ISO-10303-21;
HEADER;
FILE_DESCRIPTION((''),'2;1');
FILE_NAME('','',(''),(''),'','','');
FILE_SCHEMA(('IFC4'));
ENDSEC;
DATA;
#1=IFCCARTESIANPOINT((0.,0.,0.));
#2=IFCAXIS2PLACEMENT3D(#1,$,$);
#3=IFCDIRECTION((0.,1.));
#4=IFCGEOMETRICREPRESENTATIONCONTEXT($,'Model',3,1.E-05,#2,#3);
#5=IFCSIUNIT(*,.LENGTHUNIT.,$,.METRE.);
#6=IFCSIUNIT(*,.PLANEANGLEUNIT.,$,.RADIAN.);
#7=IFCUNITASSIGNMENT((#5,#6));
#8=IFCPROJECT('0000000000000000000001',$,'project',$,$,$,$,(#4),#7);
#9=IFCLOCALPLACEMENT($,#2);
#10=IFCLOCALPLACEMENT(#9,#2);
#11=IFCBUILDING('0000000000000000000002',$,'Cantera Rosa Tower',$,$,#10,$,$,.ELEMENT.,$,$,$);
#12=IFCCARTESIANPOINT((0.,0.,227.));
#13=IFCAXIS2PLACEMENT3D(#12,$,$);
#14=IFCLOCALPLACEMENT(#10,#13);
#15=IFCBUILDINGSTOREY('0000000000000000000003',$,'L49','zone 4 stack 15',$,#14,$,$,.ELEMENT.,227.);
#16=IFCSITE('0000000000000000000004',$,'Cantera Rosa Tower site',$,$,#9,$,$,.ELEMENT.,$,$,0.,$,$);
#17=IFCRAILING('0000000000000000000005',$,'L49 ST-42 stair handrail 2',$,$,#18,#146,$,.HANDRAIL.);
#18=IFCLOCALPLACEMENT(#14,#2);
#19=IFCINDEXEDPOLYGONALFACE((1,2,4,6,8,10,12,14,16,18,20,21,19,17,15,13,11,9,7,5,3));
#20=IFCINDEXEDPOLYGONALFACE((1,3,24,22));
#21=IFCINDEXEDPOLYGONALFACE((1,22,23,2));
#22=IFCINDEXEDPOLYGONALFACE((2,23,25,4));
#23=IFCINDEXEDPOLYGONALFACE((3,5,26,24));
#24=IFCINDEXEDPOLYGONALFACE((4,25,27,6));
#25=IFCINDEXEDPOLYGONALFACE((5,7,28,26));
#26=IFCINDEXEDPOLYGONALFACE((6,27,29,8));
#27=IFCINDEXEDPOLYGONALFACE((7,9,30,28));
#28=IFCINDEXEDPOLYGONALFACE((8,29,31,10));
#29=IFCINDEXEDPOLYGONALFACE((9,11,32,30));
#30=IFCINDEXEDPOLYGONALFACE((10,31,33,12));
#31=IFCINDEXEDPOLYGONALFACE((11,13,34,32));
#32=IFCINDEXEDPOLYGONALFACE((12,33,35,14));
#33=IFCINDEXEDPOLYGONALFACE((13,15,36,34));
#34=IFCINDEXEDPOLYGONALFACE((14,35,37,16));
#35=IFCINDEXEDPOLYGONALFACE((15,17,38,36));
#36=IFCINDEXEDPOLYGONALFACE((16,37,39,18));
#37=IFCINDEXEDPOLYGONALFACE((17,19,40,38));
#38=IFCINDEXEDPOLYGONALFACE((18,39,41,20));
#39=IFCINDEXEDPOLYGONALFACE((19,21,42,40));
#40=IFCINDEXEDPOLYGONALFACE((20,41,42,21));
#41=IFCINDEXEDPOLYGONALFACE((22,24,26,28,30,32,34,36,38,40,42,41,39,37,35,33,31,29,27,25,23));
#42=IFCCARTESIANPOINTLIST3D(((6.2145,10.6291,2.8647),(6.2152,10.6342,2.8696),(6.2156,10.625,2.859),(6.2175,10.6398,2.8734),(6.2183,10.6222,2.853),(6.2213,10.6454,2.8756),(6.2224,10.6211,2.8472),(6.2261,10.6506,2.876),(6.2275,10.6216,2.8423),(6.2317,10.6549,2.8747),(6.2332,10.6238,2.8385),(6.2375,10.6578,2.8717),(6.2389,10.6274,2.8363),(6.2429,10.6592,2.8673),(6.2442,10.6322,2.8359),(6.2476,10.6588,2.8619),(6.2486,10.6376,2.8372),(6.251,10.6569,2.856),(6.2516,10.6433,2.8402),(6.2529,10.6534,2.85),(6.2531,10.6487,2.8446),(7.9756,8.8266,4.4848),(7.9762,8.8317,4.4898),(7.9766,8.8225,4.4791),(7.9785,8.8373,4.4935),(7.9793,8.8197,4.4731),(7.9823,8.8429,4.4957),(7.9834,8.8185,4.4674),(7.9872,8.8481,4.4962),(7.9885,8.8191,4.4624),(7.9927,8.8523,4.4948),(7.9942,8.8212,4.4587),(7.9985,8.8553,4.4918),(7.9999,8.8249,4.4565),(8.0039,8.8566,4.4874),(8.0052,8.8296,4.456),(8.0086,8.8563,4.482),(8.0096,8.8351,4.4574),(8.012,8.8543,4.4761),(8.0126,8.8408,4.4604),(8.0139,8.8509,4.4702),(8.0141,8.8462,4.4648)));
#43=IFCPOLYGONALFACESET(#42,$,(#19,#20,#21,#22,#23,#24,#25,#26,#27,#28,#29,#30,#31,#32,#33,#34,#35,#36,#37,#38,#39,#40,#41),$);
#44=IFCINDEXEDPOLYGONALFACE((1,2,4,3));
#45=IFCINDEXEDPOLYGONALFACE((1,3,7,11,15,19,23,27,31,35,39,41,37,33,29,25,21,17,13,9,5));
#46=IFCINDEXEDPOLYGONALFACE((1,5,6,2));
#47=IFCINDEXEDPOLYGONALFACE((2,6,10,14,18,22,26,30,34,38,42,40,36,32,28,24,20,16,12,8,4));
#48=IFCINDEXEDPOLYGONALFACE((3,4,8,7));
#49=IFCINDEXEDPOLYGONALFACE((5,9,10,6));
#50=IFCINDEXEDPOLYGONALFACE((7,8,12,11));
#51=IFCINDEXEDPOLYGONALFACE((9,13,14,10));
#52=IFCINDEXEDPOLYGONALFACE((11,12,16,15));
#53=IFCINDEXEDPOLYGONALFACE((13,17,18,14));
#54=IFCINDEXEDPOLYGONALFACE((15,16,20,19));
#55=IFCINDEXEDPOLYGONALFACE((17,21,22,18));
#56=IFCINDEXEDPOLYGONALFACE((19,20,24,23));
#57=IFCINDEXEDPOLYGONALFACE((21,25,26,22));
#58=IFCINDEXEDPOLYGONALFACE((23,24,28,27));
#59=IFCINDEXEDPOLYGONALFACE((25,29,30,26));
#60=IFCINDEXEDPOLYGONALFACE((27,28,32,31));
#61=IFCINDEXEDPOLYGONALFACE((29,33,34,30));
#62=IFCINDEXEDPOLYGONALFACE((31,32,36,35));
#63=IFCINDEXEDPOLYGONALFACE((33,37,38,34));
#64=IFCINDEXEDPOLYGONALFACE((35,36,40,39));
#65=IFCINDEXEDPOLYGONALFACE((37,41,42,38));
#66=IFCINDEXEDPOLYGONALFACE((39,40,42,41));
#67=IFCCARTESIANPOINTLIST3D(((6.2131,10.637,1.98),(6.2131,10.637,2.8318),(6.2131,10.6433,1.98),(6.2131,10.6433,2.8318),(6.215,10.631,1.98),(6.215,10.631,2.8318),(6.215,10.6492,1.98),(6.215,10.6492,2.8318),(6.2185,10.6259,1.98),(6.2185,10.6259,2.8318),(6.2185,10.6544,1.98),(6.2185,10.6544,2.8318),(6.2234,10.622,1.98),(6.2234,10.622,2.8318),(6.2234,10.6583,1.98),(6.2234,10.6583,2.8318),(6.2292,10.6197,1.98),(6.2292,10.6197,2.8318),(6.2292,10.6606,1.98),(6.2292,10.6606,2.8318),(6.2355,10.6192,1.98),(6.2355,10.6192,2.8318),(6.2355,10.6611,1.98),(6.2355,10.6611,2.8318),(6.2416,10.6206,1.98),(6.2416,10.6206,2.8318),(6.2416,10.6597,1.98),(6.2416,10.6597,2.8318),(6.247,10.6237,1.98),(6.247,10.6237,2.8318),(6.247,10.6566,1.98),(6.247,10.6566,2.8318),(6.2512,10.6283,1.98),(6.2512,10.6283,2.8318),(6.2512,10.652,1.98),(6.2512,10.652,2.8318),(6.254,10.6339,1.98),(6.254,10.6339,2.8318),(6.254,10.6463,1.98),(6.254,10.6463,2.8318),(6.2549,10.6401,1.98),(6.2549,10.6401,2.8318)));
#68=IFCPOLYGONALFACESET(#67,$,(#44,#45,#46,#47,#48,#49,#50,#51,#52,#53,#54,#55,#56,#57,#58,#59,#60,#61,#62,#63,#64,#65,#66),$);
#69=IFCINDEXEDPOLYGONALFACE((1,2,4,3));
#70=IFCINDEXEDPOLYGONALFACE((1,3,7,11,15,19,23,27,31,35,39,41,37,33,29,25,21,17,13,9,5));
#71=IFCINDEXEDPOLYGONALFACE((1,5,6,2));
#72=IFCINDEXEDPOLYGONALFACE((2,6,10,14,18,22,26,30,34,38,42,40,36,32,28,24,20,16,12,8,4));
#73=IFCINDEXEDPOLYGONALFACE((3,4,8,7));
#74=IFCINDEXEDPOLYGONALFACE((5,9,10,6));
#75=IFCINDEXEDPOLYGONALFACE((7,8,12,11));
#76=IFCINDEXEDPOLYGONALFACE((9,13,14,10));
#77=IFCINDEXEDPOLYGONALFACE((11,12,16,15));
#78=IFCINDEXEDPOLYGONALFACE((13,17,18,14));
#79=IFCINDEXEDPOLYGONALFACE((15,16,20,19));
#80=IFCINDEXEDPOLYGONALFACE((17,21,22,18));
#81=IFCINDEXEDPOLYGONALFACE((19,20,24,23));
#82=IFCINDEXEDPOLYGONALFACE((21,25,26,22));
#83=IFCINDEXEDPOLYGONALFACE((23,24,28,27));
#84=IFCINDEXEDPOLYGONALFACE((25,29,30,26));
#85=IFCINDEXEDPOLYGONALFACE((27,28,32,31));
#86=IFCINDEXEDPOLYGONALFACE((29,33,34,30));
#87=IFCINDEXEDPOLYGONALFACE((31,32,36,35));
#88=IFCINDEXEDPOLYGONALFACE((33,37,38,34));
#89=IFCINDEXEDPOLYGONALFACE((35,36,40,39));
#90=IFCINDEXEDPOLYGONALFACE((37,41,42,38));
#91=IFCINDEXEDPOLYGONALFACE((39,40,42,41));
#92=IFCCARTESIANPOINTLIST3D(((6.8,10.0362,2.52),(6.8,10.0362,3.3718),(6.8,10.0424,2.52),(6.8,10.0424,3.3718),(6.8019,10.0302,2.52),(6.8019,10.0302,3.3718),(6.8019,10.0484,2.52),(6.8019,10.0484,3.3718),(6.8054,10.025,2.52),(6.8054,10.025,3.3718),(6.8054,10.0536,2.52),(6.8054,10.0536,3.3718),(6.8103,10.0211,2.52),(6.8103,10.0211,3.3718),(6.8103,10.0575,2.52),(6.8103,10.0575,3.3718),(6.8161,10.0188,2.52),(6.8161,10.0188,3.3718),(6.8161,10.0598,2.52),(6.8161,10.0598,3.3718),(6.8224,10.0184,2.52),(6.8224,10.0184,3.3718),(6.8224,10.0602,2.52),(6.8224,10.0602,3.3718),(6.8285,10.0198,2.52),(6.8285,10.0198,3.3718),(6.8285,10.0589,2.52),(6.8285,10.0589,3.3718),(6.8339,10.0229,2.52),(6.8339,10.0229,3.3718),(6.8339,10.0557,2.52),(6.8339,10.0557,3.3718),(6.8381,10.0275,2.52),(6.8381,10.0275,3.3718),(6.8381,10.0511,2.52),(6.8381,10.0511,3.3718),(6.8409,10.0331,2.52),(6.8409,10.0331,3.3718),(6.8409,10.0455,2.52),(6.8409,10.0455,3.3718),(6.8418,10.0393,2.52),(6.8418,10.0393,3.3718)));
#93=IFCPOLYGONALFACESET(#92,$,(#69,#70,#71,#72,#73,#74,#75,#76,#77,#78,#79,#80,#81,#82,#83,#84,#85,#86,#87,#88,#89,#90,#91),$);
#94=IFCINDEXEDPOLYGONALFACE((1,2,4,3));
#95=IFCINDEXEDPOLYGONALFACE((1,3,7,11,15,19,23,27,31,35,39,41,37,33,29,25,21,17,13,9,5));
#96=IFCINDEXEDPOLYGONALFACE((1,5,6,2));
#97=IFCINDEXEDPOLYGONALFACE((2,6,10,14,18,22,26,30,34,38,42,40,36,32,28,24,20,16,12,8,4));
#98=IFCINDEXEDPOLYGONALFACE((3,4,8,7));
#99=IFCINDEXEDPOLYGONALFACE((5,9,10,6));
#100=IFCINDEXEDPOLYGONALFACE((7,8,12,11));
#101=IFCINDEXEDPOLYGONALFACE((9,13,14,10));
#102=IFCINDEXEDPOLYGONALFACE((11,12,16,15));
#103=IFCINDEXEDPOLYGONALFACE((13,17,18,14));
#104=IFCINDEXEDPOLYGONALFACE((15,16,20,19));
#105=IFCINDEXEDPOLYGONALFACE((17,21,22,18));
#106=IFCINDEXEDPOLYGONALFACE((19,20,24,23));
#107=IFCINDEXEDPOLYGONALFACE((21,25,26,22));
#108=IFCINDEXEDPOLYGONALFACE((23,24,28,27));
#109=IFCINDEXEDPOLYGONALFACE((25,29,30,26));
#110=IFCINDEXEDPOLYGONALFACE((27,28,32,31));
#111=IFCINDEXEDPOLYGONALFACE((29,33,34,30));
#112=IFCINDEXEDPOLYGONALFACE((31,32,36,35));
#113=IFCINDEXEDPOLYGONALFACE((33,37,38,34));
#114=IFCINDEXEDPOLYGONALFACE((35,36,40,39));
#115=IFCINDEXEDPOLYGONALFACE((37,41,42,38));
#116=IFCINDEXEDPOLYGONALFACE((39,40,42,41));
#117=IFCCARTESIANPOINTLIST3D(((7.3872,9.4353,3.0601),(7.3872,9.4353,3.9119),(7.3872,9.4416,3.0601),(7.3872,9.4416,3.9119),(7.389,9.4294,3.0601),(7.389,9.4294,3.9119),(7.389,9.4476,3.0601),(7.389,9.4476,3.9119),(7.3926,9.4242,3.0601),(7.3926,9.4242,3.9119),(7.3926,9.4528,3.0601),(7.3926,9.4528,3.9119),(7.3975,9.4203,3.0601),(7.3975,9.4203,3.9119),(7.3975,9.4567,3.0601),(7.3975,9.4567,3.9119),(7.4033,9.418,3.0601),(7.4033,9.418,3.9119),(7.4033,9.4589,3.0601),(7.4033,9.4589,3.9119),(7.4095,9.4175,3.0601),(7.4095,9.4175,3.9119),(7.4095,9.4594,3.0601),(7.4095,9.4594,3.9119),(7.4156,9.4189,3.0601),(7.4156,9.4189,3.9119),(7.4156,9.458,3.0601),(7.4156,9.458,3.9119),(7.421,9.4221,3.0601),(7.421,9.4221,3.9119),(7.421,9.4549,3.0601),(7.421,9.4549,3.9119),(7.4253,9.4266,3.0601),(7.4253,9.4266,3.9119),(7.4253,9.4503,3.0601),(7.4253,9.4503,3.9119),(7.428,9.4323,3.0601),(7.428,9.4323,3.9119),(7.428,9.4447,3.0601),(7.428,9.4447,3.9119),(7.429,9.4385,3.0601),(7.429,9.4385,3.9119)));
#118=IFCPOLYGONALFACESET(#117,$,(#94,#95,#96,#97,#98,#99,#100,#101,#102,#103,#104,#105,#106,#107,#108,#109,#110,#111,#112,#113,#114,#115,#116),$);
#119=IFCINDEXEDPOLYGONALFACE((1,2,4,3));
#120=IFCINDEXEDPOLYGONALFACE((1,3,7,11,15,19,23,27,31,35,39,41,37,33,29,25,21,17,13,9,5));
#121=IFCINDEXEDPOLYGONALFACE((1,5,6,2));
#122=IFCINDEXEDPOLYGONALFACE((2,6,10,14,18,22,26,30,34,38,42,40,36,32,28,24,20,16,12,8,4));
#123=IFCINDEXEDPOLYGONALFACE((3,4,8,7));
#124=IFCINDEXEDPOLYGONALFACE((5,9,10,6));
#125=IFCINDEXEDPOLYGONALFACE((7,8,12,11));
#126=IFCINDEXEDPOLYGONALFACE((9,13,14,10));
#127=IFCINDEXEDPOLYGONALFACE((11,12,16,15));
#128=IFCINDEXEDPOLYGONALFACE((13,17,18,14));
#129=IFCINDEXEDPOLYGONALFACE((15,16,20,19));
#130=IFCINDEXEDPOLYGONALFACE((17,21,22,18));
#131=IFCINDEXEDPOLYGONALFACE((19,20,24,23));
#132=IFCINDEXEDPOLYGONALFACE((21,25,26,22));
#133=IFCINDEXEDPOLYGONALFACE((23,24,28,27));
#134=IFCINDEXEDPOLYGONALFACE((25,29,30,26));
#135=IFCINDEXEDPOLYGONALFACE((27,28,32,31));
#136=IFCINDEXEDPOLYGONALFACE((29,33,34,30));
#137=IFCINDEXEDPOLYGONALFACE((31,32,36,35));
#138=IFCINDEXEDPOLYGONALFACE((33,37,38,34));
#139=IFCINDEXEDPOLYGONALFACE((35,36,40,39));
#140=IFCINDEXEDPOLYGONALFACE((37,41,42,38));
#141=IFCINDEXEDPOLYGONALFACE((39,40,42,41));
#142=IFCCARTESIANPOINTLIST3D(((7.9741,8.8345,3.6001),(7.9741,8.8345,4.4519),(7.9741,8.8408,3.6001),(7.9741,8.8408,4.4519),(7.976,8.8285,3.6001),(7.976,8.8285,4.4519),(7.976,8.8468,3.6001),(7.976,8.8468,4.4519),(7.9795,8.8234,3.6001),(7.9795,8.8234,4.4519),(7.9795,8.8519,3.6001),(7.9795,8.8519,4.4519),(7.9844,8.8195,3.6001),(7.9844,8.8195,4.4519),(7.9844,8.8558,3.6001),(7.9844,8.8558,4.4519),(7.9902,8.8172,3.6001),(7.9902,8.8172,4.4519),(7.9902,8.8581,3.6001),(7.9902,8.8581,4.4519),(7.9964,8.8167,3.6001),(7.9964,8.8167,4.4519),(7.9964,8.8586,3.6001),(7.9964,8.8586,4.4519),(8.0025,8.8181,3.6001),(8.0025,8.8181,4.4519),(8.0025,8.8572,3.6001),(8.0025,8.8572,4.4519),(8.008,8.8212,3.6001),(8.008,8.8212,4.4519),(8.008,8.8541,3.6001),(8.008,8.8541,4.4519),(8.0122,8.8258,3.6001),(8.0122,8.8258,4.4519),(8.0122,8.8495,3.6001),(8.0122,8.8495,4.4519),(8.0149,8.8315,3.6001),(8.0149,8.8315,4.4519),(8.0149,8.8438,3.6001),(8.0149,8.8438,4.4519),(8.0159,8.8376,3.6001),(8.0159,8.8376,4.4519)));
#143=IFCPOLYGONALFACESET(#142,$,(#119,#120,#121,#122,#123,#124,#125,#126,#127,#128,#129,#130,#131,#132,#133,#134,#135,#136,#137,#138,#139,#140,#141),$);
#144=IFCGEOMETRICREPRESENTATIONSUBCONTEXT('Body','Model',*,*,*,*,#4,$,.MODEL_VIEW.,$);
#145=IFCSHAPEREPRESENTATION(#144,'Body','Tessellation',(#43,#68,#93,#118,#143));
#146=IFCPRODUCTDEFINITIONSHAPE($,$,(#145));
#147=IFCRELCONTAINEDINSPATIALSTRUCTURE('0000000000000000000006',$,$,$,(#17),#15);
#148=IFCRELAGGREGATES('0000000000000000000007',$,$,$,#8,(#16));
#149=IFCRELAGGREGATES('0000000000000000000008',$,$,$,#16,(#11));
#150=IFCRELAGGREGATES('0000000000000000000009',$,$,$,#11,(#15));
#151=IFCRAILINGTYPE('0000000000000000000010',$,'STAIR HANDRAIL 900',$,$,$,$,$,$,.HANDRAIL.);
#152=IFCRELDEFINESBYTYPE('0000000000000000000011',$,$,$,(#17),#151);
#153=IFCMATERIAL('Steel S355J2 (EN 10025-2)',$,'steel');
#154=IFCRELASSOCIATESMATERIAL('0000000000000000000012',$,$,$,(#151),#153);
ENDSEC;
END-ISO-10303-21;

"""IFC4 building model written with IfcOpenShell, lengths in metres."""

from ifc_helpers import new_model, si_unit, direction, frame, origin, origin_2d, place, context, subcontext, project, spatial, circle, extrude, material, type_object, element, save


model = new_model("IFC4")

# Units and contexts
model_context = context("Model", 3, precision=1e-05, world=origin(), true_north=direction((0.0, 1.0)))
body_context = subcontext(model_context, "Body", "Model", "MODEL_VIEW")
ifc_project = project(units=[si_unit("LENGTHUNIT", "METRE"), si_unit("PLANEANGLEUNIT", "RADIAN")], contexts=[model_context])

# Site, building, storey
site_placement = place(None, origin())
site = spatial("IfcSite", under=ifc_project, at=site_placement, Name="Cantera Rosa Tower site", CompositionType="ELEMENT", RefElevation=0.0)
building_placement = place(site_placement, origin())
building = spatial("IfcBuilding", under=site, at=building_placement, Name="Cantera Rosa Tower", CompositionType="ELEMENT")
storey_placement = place(building_placement, frame((0.0, 0.0, 227.0)))
storey = spatial("IfcBuildingStorey", under=building, at=storey_placement, Name="L49", Description="zone 4 stack 15", CompositionType="ELEMENT", Elevation=227.0)

# Railing
ifc_material_1 = material(Name="Steel S355J2 (EN 10025-2)", Category="steel")
railing_type_1 = type_object("IfcRailingType", Name="STAIR HANDRAIL 900", PredefinedType="HANDRAIL", material=ifc_material_1)
railing_1_placement = place(storey_placement, frame((6.2339, 10.6401, 1.98)))
element("IfcRailing", 1, at=railing_1_placement, inside=storey, type_object=railing_type_1, Name="L49 ST-42 stair handrail 2", PredefinedType="HANDRAIL", context=body_context, shape_type="SweptSolid", body=[
    extrude(circle(Radius=0.0239, at=origin_2d()), frame((0.0, 0.0, 0.876), z_axis=(0.587818, -0.601672, 0.540796), x_axis=(0.715294, 0.698824, 0.0)), (0.0, 0.0, 1.0), 2.9958),
    extrude(circle(Radius=0.021, at=origin_2d()), origin(), (0.0, 0.0, 1.0), 0.8518),
    extrude(circle(Radius=0.021, at=origin_2d()), frame((0.5869, -0.6008, 0.54)), (0.0, 0.0, 1.0), 0.8518),
    extrude(circle(Radius=0.021, at=origin_2d()), frame((1.1741, -1.2017, 1.0801)), (0.0, 0.0, 1.0), 0.8518),
    extrude(circle(Radius=0.021, at=origin_2d()), frame((1.761, -1.8025, 1.6201)), (0.0, 0.0, 1.0), 0.8518),
])

save(model, "model.ifc")
